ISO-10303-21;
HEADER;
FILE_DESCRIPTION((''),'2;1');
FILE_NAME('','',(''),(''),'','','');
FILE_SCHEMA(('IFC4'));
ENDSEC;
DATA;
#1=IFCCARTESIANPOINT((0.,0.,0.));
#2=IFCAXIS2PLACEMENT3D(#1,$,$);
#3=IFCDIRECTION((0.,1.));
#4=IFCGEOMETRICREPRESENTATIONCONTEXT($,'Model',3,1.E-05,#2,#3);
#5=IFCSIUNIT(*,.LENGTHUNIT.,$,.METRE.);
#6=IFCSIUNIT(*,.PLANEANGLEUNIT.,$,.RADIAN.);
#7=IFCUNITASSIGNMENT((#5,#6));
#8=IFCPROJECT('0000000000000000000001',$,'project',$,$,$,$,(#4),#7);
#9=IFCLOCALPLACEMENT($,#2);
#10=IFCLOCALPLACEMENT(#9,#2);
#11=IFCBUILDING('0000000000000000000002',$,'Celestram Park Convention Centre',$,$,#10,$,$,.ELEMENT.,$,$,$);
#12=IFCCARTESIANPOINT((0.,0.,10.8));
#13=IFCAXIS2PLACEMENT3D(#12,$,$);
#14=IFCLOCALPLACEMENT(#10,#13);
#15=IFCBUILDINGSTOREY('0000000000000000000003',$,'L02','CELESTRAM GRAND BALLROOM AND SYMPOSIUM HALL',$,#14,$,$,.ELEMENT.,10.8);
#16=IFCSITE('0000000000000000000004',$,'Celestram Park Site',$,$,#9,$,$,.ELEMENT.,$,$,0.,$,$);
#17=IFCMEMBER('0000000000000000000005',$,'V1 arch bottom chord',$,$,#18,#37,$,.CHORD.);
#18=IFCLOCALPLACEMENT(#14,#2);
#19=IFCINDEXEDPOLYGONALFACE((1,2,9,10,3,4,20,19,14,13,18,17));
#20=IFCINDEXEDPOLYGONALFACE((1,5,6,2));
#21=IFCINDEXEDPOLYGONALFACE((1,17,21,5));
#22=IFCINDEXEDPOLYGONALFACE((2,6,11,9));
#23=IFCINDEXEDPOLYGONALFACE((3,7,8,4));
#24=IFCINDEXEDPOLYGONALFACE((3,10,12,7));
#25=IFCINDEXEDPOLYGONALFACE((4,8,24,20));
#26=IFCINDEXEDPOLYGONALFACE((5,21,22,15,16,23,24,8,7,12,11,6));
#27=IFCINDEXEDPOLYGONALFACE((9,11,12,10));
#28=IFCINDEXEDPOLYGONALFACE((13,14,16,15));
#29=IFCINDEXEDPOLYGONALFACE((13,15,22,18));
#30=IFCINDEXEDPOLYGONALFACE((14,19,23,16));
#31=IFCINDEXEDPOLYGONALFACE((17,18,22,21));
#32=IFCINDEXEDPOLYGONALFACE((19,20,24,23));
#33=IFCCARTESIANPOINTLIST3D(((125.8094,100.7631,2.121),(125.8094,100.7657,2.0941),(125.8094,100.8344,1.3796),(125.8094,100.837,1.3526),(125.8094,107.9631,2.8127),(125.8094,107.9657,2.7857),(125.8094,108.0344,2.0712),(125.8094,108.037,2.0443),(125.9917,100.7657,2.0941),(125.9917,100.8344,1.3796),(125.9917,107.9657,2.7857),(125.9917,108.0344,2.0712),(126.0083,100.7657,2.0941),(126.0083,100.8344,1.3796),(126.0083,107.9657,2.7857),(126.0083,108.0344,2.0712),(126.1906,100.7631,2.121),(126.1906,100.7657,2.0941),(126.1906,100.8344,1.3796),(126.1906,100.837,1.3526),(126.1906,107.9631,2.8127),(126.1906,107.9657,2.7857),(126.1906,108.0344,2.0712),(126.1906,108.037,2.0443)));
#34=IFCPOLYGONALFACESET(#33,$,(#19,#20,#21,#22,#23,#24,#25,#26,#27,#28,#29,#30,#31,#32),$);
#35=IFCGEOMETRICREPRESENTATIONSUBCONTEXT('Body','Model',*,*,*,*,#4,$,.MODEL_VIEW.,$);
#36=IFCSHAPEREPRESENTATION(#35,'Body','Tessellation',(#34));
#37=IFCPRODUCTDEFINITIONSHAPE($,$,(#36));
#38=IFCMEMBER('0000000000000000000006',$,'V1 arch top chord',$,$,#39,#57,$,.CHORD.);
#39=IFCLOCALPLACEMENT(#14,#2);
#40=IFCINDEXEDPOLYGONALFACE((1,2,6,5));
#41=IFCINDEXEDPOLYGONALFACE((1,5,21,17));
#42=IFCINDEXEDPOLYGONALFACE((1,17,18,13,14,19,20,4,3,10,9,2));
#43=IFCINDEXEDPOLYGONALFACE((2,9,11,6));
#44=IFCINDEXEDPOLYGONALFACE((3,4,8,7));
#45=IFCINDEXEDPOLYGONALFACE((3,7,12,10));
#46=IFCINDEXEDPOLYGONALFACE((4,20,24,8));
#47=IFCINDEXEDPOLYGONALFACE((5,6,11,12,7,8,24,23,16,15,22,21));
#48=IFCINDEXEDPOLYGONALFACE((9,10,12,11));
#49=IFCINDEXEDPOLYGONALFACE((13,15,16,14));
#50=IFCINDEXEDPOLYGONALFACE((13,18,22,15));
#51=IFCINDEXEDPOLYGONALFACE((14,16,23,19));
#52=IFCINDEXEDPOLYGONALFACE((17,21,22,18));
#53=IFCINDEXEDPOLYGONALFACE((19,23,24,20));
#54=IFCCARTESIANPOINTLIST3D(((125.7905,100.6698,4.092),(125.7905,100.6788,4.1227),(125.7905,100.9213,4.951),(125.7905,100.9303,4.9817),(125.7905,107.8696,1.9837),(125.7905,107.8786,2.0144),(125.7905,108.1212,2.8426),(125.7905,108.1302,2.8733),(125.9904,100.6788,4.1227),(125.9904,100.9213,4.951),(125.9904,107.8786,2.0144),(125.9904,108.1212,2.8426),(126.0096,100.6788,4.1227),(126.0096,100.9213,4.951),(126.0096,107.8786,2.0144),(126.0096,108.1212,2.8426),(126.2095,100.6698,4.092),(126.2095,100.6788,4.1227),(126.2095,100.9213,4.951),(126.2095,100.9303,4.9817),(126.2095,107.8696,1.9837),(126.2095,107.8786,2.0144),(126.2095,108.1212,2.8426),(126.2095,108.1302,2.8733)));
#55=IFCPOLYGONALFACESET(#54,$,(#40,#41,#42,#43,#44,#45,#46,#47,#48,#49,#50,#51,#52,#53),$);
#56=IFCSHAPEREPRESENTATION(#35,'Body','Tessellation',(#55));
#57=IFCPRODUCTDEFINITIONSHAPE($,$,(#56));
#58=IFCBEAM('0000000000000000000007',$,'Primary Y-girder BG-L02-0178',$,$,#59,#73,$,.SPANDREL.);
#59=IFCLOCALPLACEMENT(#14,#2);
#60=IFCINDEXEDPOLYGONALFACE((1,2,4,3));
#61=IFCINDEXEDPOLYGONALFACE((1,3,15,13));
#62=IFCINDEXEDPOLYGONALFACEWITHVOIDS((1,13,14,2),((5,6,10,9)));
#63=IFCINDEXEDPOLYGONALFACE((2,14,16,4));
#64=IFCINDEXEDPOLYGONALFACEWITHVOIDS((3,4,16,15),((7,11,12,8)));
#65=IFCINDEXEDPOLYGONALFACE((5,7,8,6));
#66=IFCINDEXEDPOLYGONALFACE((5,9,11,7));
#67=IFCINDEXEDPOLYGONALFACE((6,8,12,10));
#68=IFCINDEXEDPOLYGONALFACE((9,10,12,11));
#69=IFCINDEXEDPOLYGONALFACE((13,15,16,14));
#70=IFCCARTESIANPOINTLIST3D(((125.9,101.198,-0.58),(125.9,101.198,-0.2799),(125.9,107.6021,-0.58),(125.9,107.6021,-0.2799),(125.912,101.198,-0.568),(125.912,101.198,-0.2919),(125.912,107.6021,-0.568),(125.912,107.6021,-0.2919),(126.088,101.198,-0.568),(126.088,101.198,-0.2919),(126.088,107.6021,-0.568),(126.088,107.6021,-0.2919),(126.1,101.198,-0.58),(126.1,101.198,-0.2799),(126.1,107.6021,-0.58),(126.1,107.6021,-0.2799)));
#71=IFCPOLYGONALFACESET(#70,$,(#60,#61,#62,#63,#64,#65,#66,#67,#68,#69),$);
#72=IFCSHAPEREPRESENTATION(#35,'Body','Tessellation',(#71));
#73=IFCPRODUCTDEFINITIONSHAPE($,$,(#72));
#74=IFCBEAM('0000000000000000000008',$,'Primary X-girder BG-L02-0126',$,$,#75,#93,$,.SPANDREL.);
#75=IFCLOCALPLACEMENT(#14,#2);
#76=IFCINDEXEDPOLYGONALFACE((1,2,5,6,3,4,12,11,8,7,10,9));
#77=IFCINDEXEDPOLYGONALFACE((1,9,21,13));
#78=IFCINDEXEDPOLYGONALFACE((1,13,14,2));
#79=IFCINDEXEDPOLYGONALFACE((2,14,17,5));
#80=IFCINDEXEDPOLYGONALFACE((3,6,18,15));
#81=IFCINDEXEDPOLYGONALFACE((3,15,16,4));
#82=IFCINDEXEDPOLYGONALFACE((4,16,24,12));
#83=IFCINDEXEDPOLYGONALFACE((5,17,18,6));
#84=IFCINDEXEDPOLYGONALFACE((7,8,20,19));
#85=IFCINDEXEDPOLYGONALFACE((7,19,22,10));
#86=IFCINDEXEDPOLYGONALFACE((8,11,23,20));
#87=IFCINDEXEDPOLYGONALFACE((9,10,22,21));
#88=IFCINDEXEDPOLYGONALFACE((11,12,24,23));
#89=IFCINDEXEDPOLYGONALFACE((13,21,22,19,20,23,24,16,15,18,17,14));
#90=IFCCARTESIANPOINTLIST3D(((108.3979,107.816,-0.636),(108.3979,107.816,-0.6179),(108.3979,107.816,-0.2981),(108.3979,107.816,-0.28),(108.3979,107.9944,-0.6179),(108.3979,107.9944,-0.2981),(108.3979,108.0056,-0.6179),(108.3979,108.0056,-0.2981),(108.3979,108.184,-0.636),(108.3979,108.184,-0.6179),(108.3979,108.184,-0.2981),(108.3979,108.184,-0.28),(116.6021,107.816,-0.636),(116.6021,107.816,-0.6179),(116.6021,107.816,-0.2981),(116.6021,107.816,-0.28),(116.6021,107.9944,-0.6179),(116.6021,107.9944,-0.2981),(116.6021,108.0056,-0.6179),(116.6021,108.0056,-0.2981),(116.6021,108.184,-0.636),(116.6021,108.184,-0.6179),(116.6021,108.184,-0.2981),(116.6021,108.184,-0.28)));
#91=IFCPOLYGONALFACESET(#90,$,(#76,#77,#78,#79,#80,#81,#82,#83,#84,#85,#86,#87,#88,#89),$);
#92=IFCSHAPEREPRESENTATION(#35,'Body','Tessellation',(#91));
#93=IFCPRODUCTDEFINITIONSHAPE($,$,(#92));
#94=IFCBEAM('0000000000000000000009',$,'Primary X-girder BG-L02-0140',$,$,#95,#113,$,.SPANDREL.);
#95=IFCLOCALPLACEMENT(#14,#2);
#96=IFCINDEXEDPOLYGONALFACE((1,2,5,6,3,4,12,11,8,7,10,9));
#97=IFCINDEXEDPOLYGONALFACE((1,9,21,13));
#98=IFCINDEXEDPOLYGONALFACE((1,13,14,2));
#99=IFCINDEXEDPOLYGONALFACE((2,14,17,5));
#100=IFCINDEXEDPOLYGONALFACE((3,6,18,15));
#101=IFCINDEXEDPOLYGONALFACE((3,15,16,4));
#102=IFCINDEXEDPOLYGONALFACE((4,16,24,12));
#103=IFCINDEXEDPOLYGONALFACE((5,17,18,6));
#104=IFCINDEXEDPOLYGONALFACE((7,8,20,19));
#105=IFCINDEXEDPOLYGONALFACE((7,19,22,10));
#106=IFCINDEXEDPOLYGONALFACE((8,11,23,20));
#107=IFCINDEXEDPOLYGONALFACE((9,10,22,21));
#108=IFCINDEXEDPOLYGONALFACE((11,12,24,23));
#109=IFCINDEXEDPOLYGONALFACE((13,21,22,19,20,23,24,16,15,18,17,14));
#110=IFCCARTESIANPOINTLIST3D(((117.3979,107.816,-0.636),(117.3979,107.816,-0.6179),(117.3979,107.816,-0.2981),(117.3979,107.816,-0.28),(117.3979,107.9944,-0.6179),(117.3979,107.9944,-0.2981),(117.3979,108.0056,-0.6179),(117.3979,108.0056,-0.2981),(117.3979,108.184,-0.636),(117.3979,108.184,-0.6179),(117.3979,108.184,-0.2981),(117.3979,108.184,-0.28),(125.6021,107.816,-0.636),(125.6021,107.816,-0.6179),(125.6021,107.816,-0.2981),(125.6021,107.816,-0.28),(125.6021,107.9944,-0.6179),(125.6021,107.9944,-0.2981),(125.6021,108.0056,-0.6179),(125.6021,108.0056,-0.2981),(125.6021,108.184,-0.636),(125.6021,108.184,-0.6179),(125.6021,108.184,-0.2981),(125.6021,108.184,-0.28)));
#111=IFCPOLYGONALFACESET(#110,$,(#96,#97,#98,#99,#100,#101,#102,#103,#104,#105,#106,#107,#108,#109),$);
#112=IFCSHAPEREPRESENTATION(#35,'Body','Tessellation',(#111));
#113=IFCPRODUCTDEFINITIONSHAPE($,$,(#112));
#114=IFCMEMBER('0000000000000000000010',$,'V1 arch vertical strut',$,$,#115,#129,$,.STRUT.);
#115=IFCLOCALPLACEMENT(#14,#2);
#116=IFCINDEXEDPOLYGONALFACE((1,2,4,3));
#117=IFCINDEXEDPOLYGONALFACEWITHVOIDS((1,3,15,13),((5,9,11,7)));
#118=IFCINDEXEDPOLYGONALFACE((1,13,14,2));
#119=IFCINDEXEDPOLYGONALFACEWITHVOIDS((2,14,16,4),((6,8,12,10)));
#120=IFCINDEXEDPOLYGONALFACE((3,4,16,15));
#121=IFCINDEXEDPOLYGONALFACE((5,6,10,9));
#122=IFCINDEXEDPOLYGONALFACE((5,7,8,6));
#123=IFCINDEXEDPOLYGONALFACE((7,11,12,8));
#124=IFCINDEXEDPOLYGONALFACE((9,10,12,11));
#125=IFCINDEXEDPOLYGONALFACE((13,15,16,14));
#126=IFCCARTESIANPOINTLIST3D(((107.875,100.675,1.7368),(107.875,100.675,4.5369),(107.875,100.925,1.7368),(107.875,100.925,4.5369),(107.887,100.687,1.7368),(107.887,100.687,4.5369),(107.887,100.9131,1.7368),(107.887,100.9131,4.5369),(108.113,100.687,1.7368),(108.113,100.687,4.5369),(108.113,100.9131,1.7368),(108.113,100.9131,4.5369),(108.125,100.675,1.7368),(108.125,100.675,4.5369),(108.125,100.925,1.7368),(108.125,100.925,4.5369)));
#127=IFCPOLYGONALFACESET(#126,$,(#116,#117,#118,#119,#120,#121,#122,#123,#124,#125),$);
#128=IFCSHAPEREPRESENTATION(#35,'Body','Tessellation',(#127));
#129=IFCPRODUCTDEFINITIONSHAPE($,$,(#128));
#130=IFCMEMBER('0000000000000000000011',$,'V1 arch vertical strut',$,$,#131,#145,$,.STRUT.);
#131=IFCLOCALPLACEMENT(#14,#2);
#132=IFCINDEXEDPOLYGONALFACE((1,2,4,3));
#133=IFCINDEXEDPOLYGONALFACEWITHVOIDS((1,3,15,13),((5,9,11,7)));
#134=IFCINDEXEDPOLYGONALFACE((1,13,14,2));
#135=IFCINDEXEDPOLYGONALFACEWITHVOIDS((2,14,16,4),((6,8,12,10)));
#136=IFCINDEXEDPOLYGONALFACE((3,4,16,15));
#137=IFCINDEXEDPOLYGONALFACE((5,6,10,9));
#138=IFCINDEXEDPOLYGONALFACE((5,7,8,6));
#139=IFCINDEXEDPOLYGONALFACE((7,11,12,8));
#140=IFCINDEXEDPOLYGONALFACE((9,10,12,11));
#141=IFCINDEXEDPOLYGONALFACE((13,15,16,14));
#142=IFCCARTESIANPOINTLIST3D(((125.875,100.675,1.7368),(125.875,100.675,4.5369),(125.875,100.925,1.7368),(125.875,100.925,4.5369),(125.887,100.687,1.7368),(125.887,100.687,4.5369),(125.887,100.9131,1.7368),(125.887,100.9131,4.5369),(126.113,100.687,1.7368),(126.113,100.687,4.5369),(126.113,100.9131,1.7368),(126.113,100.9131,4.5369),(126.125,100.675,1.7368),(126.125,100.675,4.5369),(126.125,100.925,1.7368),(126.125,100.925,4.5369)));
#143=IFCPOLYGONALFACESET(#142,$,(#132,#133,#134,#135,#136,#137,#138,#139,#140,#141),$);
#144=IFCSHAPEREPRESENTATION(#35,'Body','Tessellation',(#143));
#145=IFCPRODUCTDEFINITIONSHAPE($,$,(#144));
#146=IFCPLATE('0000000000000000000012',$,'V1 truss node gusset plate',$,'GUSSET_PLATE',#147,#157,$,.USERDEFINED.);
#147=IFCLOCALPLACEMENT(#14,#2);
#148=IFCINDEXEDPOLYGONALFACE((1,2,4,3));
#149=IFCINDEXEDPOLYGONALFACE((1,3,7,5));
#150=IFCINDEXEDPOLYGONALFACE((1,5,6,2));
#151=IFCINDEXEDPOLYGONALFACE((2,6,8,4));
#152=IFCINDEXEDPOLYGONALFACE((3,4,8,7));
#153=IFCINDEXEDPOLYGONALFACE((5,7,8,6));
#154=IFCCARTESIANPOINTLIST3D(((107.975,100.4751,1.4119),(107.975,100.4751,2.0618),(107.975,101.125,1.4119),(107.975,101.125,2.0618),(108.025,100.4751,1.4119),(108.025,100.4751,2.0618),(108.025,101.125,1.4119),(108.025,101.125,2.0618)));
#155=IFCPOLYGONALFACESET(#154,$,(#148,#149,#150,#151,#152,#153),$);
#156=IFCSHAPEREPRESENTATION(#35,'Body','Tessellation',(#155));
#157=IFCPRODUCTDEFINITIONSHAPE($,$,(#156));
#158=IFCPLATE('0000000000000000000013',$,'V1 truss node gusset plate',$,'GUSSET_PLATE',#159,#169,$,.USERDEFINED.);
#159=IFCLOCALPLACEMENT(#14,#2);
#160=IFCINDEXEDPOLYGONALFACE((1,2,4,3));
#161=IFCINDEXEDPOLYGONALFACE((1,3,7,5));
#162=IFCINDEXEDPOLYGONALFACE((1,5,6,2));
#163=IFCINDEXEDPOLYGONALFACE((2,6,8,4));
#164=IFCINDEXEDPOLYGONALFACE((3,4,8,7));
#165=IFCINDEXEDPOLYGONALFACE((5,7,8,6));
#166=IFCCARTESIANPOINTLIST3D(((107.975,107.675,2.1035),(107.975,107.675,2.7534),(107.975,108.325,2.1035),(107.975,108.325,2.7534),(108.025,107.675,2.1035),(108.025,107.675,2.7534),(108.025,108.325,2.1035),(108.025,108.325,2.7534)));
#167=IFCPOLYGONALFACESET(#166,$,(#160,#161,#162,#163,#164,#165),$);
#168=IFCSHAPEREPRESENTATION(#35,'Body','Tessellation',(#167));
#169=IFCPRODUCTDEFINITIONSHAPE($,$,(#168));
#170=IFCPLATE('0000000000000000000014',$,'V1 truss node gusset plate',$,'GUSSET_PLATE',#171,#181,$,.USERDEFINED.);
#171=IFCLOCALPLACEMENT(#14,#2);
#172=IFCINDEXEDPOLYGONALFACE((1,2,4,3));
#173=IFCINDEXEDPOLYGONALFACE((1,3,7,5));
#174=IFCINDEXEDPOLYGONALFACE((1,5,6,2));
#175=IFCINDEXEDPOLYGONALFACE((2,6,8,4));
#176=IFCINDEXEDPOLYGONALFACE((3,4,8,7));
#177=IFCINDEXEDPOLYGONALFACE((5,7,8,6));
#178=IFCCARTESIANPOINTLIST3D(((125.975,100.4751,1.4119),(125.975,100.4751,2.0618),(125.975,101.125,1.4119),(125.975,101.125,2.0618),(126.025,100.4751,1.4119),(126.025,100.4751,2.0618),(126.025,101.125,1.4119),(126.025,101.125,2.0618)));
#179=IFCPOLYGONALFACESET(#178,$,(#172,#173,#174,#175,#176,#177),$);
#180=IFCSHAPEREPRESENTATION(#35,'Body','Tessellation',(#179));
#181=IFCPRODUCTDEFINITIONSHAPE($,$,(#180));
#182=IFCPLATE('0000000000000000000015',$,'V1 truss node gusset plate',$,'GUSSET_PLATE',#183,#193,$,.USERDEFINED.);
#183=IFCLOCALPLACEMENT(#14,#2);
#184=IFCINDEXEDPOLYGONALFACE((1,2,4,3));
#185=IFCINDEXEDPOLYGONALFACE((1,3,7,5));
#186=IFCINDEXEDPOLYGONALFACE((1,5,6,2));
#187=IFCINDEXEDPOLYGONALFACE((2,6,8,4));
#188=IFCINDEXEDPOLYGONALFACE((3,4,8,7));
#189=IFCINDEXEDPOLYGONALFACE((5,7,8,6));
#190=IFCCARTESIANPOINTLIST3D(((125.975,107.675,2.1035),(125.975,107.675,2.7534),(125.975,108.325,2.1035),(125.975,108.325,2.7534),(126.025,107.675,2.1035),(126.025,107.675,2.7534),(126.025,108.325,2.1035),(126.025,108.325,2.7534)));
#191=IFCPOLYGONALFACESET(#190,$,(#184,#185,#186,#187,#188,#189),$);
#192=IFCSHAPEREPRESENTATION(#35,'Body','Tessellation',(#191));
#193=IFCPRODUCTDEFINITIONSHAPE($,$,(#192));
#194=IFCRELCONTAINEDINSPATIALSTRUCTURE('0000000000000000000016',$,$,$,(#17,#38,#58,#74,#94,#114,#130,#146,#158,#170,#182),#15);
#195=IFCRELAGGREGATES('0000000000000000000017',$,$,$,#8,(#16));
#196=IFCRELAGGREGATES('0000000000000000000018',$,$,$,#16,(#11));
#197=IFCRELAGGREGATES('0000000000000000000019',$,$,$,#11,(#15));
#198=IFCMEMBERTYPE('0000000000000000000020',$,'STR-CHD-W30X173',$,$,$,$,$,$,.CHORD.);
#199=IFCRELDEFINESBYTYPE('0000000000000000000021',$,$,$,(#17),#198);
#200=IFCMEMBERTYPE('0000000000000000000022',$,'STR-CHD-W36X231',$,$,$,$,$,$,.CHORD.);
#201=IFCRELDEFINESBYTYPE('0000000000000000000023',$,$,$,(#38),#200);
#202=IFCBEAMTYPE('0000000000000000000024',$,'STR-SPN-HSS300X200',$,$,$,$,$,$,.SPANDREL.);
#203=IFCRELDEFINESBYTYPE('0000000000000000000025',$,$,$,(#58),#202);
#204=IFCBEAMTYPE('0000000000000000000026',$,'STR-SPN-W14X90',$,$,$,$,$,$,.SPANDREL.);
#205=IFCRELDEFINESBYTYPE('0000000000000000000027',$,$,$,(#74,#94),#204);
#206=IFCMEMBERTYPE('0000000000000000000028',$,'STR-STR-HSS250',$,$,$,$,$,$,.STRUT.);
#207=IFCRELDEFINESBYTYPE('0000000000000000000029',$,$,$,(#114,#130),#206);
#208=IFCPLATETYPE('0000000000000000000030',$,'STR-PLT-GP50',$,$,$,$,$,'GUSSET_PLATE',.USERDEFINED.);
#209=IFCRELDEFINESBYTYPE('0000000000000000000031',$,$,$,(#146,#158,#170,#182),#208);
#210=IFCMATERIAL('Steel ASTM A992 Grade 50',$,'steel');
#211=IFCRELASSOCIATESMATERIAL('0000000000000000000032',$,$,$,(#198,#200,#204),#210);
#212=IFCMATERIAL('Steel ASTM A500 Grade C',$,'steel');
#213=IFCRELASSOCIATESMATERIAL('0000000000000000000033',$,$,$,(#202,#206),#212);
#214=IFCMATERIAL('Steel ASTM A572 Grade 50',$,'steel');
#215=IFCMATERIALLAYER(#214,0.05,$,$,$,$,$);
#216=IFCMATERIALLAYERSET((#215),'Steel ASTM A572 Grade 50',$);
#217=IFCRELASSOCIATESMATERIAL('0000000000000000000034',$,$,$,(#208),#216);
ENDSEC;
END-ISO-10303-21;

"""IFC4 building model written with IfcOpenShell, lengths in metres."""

from ifc_helpers import new_model, si_unit, direction, frame, origin, origin_2d, place, context, subcontext, project, spatial, rectangle, hollow_rectangle, i_section, extrude, material, layer, layer_set, material_profile, profile_set, type_object, element, save


model = new_model("IFC4")

# Units and contexts
model_context = context("Model", 3, precision=1e-05, world=origin(), true_north=direction((0.0, 1.0)))
body_context = subcontext(model_context, "Body", "Model", "MODEL_VIEW")
ifc_project = project(units=[si_unit("LENGTHUNIT", "METRE"), si_unit("PLANEANGLEUNIT", "RADIAN")], contexts=[model_context])

# Site, building, storey
site_placement = place(None, origin())
site = spatial("IfcSite", under=ifc_project, at=site_placement, Name="Celestram Park Site", CompositionType="ELEMENT", RefElevation=0.0)
building_placement = place(site_placement, origin())
building = spatial("IfcBuilding", under=site, at=building_placement, Name="Celestram Park Convention Centre", CompositionType="ELEMENT")
storey_placement = place(building_placement, frame((0.0, 0.0, 10.8)))
storey = spatial("IfcBuildingStorey", under=building, at=storey_placement, Name="L02", Description="CELESTRAM GRAND BALLROOM AND SYMPOSIUM HALL", CompositionType="ELEMENT", Elevation=10.8)

# Shared definitions
ifc_material_1 = material(Name="Steel ASTM A992 Grade 50", Category="steel")

# Members
ifc_material_profile_1 = material_profile(ifc_material_1, i_section(OverallWidth=0.3811, OverallDepth=0.772, WebThickness=0.0166, FlangeThickness=0.0271, at=origin_2d()), Name="W30X173")
ifc_profile_set_1 = profile_set([ifc_material_profile_1], Name="Steel ASTM A992 Grade 50")
member_type_1 = type_object("IfcMemberType", Name="STR-CHD-W30X173", PredefinedType="CHORD", material=ifc_profile_set_1)
member_1_placement = place(storey_placement, frame((126.0, 100.8, 1.7368), z_axis=(0.0, 0.995418, 0.095623), x_axis=(-1.0, 0.0, 0.0)))
element("IfcMember", 1, at=member_1_placement, inside=storey, type_object=member_type_1, Name="V1 arch bottom chord", PredefinedType="CHORD", context=body_context, shape_type="SweptSolid", body=[
    extrude(i_section(OverallWidth=0.3811, OverallDepth=0.772, WebThickness=0.0166, FlangeThickness=0.0271, at=origin_2d()), origin(), (0.0, 0.0, 1.0), 7.2332),
])
ifc_material_profile_2 = material_profile(ifc_material_1, i_section(OverallWidth=0.4189, OverallDepth=0.927, WebThickness=0.0193, FlangeThickness=0.032, at=origin_2d()), Name="W36X231")
ifc_profile_set_2 = profile_set([ifc_material_profile_2], Name="Steel ASTM A992 Grade 50")
member_type_2 = type_object("IfcMemberType", Name="STR-CHD-W36X231", PredefinedType="CHORD", material=ifc_profile_set_2)
member_2_placement = place(storey_placement, frame((126.0, 100.8, 4.5369), z_axis=(0.0, 0.959698, -0.281033), x_axis=(-1.0, 0.0, 0.0)))
element("IfcMember", 2, at=member_2_placement, inside=storey, type_object=member_type_2, Name="V1 arch top chord", PredefinedType="CHORD", context=body_context, shape_type="SweptSolid", body=[
    extrude(i_section(OverallWidth=0.4189, OverallDepth=0.927, WebThickness=0.0193, FlangeThickness=0.032, at=origin_2d()), origin(), (0.0, 0.0, 1.0), 7.5022),
])

# Beams
ifc_material_2 = material(Name="Steel ASTM A500 Grade C", Category="steel")
ifc_material_profile_3 = material_profile(ifc_material_2, hollow_rectangle(XDim=0.2, YDim=0.3, WallThickness=0.012, at=origin_2d()), Name="HSS300X200X12")
ifc_profile_set_3 = profile_set([ifc_material_profile_3], Name="Steel ASTM A500 Grade C")
beam_type_1 = type_object("IfcBeamType", Name="STR-SPN-HSS300X200", PredefinedType="SPANDREL", material=ifc_profile_set_3)
beam_1_placement = place(storey_placement, frame((126.0, 101.198, -0.4299), z_axis=(0.0, 1.0, 0.0), x_axis=(-1.0, 0.0, 0.0)))
element("IfcBeam", 3, at=beam_1_placement, inside=storey, type_object=beam_type_1, Name="Primary Y-girder BG-L02-0178", PredefinedType="SPANDREL", context=body_context, shape_type="SweptSolid", body=[
    extrude(hollow_rectangle(XDim=0.2, YDim=0.3, WallThickness=0.012, at=origin_2d()), origin(), (0.0, 0.0, 1.0), 6.4041),
])
ifc_material_profile_4 = material_profile(ifc_material_1, i_section(OverallWidth=0.3679, OverallDepth=0.356, WebThickness=0.0112, FlangeThickness=0.0181, at=origin_2d()), Name="W14X90")
ifc_profile_set_4 = profile_set([ifc_material_profile_4], Name="Steel ASTM A992 Grade 50")
beam_type_2 = type_object("IfcBeamType", Name="STR-SPN-W14X90", PredefinedType="SPANDREL", material=ifc_profile_set_4)
for number, where, z_axis, x_axis, name in (
    (4, (108.3979, 108.0, -0.458), (1.0, 0.0, 0.0), (0.0, 1.0, 0.0), "Primary X-girder BG-L02-0126"),
    (5, (117.3979, 108.0, -0.458), (1.0, 0.0, 0.0), (0.0, 1.0, 0.0), "Primary X-girder BG-L02-0140"),
):
    element("IfcBeam", number, at=place(storey_placement, frame(where, z_axis=z_axis, x_axis=x_axis)), inside=storey, type_object=beam_type_2, Name=name, PredefinedType="SPANDREL", context=body_context, shape_type="SweptSolid", body=[
        extrude(i_section(OverallWidth=0.3679, OverallDepth=0.356, WebThickness=0.0112, FlangeThickness=0.0181, at=origin_2d()), origin(), (0.0, 0.0, 1.0), 8.2041),
    ])

# Members
ifc_material_profile_5 = material_profile(ifc_material_2, hollow_rectangle(XDim=0.25, YDim=0.25, WallThickness=0.012, at=origin_2d()), Name="HSS250X250X12")
ifc_profile_set_5 = profile_set([ifc_material_profile_5], Name="Steel ASTM A500 Grade C")
member_type_3 = type_object("IfcMemberType", Name="STR-STR-HSS250", PredefinedType="STRUT", material=ifc_profile_set_5)
for number, where, z_axis, x_axis, name in (
    (6, (108.0, 100.8, 1.7368), (0.0, 0.0, 1.0), (1.0, 0.0, 0.0), "V1 arch vertical strut"),
    (7, (126.0, 100.8, 1.7368), (0.0, 0.0, 1.0), (1.0, 0.0, 0.0), "V1 arch vertical strut"),
):
    element("IfcMember", number, at=place(storey_placement, frame(where, z_axis=z_axis, x_axis=x_axis)), inside=storey, type_object=member_type_3, Name=name, PredefinedType="STRUT", context=body_context, shape_type="SweptSolid", body=[
        extrude(hollow_rectangle(XDim=0.25, YDim=0.25, WallThickness=0.012, at=origin_2d()), origin(), (0.0, 0.0, 1.0), 2.8),
    ])

# Plates
ifc_material_3 = material(Name="Steel ASTM A572 Grade 50", Category="steel")
ifc_layer_1 = layer(ifc_material_3, 0.05)
ifc_layer_set_1 = layer_set([ifc_layer_1], Name="Steel ASTM A572 Grade 50")
plate_type = type_object("IfcPlateType", Name="STR-PLT-GP50", ElementType="GUSSET_PLATE", PredefinedType="USERDEFINED", material=ifc_layer_set_1)
for number, where, z_axis, x_axis, name in (
    (8, (108.0, 100.8, 1.4119), (0.0, 0.0, 1.0), (0.0, 1.0, 0.0), "V1 truss node gusset plate"),
    (9, (108.0, 108.0, 2.1035), (0.0, 0.0, 1.0), (0.0, 1.0, 0.0), "V1 truss node gusset plate"),
    (10, (126.0, 100.8, 1.4119), (0.0, 0.0, 1.0), (0.0, 1.0, 0.0), "V1 truss node gusset plate"),
    (11, (126.0, 108.0, 2.1035), (0.0, 0.0, 1.0), (0.0, 1.0, 0.0), "V1 truss node gusset plate"),
):
    element("IfcPlate", number, at=place(storey_placement, frame(where, z_axis=z_axis, x_axis=x_axis)), inside=storey, type_object=plate_type, Name=name, ObjectType="GUSSET_PLATE", PredefinedType="USERDEFINED", context=body_context, shape_type="SweptSolid", body=[
        extrude(rectangle(XDim=0.6499, YDim=0.05, at=origin_2d()), origin(), (0.0, 0.0, 1.0), 0.6499),
    ])

save(model, "model.ifc")
